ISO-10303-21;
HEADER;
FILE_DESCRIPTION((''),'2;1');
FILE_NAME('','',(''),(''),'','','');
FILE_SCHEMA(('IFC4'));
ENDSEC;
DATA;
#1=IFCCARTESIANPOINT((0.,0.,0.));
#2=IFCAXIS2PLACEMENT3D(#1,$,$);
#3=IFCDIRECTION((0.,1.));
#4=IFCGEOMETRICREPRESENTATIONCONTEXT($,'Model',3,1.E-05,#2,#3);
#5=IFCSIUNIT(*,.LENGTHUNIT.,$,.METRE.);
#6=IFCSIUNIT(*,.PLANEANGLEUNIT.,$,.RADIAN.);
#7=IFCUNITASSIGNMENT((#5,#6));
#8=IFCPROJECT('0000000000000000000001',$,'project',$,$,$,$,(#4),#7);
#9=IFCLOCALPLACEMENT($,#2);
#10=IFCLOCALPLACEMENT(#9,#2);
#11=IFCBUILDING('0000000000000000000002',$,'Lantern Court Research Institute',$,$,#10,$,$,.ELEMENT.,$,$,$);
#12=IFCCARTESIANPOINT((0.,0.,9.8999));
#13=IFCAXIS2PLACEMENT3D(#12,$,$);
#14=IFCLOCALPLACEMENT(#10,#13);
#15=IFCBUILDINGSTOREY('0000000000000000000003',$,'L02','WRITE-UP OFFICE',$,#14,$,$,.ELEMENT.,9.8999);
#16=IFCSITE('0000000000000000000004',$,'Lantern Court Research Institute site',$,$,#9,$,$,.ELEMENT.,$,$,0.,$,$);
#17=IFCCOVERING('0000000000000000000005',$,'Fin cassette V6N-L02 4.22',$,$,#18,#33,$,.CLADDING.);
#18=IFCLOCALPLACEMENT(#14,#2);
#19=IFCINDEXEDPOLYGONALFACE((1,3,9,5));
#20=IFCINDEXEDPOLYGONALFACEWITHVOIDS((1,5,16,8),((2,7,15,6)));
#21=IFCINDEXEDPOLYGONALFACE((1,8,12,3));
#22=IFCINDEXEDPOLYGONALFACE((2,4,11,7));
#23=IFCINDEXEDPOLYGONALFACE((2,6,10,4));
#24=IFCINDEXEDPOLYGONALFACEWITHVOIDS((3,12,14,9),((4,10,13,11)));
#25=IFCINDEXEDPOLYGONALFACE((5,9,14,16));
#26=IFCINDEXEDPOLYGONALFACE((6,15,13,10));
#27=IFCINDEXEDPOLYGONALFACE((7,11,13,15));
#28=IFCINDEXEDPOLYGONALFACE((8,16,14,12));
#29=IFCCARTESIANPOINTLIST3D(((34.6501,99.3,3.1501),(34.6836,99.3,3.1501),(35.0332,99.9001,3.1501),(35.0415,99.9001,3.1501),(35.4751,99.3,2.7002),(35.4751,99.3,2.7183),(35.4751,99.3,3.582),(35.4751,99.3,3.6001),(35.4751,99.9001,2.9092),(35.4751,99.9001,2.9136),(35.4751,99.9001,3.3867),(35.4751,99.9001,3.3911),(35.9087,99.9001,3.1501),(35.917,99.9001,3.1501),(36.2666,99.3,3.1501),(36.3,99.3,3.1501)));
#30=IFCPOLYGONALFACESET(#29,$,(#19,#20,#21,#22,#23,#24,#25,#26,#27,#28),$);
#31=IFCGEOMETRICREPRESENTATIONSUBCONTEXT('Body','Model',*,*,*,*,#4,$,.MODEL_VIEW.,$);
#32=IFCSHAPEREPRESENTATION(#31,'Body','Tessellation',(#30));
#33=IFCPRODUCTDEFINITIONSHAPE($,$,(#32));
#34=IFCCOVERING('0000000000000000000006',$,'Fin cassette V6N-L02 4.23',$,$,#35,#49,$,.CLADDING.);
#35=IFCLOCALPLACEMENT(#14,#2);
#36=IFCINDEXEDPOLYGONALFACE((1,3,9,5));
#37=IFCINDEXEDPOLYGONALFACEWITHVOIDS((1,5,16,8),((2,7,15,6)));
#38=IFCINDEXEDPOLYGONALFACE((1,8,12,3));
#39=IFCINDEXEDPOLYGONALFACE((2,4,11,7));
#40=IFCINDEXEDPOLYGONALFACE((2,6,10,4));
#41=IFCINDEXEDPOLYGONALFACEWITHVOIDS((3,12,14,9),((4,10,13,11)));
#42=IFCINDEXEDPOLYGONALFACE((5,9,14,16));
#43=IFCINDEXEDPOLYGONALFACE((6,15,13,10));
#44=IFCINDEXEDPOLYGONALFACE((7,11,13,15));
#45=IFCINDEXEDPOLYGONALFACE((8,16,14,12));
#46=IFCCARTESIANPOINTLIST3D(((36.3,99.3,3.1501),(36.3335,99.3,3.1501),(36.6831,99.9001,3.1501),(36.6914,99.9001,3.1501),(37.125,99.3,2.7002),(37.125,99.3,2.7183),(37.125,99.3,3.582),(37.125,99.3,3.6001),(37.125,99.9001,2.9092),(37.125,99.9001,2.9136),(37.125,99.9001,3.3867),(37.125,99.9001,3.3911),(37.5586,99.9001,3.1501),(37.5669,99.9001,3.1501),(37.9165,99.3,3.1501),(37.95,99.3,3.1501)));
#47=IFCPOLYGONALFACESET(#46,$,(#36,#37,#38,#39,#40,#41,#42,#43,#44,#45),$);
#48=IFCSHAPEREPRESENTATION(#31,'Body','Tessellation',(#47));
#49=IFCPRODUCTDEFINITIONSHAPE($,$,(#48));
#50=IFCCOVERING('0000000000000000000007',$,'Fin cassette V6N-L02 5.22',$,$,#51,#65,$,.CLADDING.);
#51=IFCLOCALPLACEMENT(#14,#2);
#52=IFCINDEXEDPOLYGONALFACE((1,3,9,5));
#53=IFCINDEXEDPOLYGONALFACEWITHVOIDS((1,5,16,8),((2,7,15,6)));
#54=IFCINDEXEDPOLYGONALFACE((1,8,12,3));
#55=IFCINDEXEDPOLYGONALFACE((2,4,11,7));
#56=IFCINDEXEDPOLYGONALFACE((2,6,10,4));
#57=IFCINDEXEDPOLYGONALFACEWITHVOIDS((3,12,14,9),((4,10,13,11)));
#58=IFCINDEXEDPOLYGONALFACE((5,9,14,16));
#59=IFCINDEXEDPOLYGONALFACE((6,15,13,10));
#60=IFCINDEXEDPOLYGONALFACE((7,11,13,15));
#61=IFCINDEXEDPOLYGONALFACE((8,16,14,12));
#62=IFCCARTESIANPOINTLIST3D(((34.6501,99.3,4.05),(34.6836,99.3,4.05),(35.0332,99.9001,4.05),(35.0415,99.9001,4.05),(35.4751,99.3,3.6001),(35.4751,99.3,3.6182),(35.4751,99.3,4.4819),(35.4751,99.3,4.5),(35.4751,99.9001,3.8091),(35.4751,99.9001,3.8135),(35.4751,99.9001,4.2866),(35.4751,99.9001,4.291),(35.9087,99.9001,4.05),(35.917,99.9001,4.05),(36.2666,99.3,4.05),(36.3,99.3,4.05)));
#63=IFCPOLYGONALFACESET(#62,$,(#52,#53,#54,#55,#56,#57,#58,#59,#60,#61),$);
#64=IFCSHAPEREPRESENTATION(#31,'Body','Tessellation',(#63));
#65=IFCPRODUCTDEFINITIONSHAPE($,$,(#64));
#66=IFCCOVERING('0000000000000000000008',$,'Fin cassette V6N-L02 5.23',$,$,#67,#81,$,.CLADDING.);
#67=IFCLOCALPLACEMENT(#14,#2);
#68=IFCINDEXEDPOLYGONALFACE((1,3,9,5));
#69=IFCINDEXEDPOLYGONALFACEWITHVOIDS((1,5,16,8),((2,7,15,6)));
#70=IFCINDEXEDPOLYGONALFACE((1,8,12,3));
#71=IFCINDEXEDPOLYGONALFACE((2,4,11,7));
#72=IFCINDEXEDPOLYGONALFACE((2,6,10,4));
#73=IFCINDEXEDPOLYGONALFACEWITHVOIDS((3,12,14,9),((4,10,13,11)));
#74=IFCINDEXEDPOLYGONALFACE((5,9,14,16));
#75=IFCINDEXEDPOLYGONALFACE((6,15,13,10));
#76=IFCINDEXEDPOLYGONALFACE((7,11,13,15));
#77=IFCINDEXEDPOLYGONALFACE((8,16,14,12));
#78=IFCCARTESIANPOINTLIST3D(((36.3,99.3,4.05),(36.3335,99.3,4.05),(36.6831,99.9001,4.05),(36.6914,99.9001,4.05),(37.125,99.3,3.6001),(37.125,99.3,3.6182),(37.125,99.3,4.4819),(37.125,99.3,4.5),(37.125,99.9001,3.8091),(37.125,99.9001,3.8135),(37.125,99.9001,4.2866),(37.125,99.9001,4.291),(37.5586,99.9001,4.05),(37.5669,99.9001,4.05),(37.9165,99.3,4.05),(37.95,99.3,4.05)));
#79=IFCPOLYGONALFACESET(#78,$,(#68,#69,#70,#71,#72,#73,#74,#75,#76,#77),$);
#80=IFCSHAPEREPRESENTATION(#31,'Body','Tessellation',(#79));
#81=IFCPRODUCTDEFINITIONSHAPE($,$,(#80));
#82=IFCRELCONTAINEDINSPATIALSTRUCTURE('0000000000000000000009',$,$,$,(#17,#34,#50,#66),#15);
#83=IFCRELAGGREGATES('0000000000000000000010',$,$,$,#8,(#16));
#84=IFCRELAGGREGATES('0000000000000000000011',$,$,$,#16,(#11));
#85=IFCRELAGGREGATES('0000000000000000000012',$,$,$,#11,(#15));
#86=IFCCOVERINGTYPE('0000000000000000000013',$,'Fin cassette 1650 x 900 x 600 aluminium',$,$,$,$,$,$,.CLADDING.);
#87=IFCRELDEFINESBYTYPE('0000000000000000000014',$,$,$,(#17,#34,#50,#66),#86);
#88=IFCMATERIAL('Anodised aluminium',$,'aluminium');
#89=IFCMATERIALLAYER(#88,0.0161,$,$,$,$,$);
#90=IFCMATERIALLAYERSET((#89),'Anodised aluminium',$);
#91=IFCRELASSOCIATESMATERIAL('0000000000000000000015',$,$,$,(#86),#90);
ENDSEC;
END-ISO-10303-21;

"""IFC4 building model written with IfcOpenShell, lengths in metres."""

from ifc_helpers import new_model, entity, si_unit, direction, frame, origin, place, context, subcontext, project, spatial, material, layer, layer_set, type_object, element, save


model = new_model("IFC4")

# Units and contexts
model_context = context("Model", 3, precision=1e-05, world=origin(), true_north=direction((0.0, 1.0)))
body_context = subcontext(model_context, "Body", "Model", "MODEL_VIEW")
ifc_project = project(units=[si_unit("LENGTHUNIT", "METRE"), si_unit("PLANEANGLEUNIT", "RADIAN")], contexts=[model_context])

# Site, building, storey
site_placement = place(None, origin())
site = spatial("IfcSite", under=ifc_project, at=site_placement, Name="Lantern Court Research Institute site", CompositionType="ELEMENT", RefElevation=0.0)
building_placement = place(site_placement, origin())
building = spatial("IfcBuilding", under=site, at=building_placement, Name="Lantern Court Research Institute", CompositionType="ELEMENT")
storey_placement = place(building_placement, frame((0.0, 0.0, 9.8999)))
storey = spatial("IfcBuildingStorey", under=building, at=storey_placement, Name="L02", Description="WRITE-UP OFFICE", CompositionType="ELEMENT", Elevation=9.8999)

# Coverings
ifc_material_1 = material(Name="Anodised aluminium", Category="aluminium")
ifc_layer_1 = layer(ifc_material_1, 0.0161)
ifc_layer_set_1 = layer_set([ifc_layer_1], Name="Anodised aluminium")
covering_type_1 = type_object("IfcCoveringType", Name="Fin cassette 1650 x 900 x 600 aluminium", PredefinedType="CLADDING", material=ifc_layer_set_1)
covering_1_placement = place(storey_placement, frame((35.4751, 99.3, 3.1501), z_axis=(0.0, 1.0, 0.0), x_axis=(-1.0, 0.0, 0.0)))
cartesian_point_1 = entity("IfcCartesianPoint", [0.825, 0.0])
cartesian_point_2 = entity("IfcCartesianPoint", [0.7915, 0.0])
cartesian_point_3 = entity("IfcCartesianPoint", [0.4419, 0.0])
cartesian_point_4 = entity("IfcCartesianPoint", [0.4336, 0.0])
element("IfcCovering", 1, at=covering_1_placement, inside=storey, type_object=covering_type_1, Name="Fin cassette V6N-L02 4.22", PredefinedType="CLADDING", context=body_context, shape_type="SweptSolid", body=[
    entity("IfcExtrudedAreaSolidTapered", entity("IfcArbitraryProfileDefWithVoids", "AREA", None, entity("IfcPolyline", [cartesian_point_1, entity("IfcCartesianPoint", [0.0, 0.45]), entity("IfcCartesianPoint", [-0.825, 0.0]), entity("IfcCartesianPoint", [0.0, -0.45]), cartesian_point_1]), [entity("IfcPolyline", [cartesian_point_2, entity("IfcCartesianPoint", [0.0, 0.4319]), entity("IfcCartesianPoint", [-0.7915, 0.0]), entity("IfcCartesianPoint", [0.0, -0.4319]), cartesian_point_2])]), entity("IfcAxis2Placement3D", entity("IfcCartesianPoint", [0.0, 0.0, 0.0])), entity("IfcDirection", [0.0, 0.0, 1.0]), 0.6001, entity("IfcArbitraryProfileDefWithVoids", "AREA", None, entity("IfcPolyline", [cartesian_point_3, entity("IfcCartesianPoint", [0.0, 0.241]), entity("IfcCartesianPoint", [-0.4419, 0.0]), entity("IfcCartesianPoint", [0.0, -0.241]), cartesian_point_3]), [entity("IfcPolyline", [cartesian_point_4, entity("IfcCartesianPoint", [0.0, 0.2366]), entity("IfcCartesianPoint", [-0.4336, 0.0]), entity("IfcCartesianPoint", [0.0, -0.2366]), cartesian_point_4])])),
])
covering_2_placement = place(storey_placement, frame((37.125, 99.3, 3.1501), z_axis=(0.0, 1.0, 0.0), x_axis=(-1.0, 0.0, 0.0)))
cartesian_point_5 = entity("IfcCartesianPoint", [0.825, 0.0])
cartesian_point_6 = entity("IfcCartesianPoint", [0.7915, 0.0])
cartesian_point_7 = entity("IfcCartesianPoint", [0.4419, 0.0])
cartesian_point_8 = entity("IfcCartesianPoint", [0.4336, 0.0])
element("IfcCovering", 2, at=covering_2_placement, inside=storey, type_object=covering_type_1, Name="Fin cassette V6N-L02 4.23", PredefinedType="CLADDING", context=body_context, shape_type="SweptSolid", body=[
    entity("IfcExtrudedAreaSolidTapered", entity("IfcArbitraryProfileDefWithVoids", "AREA", None, entity("IfcPolyline", [cartesian_point_5, entity("IfcCartesianPoint", [0.0, 0.45]), entity("IfcCartesianPoint", [-0.825, 0.0]), entity("IfcCartesianPoint", [0.0, -0.45]), cartesian_point_5]), [entity("IfcPolyline", [cartesian_point_6, entity("IfcCartesianPoint", [0.0, 0.4319]), entity("IfcCartesianPoint", [-0.7915, 0.0]), entity("IfcCartesianPoint", [0.0, -0.4319]), cartesian_point_6])]), entity("IfcAxis2Placement3D", entity("IfcCartesianPoint", [0.0, 0.0, 0.0])), entity("IfcDirection", [0.0, 0.0, 1.0]), 0.6001, entity("IfcArbitraryProfileDefWithVoids", "AREA", None, entity("IfcPolyline", [cartesian_point_7, entity("IfcCartesianPoint", [0.0, 0.241]), entity("IfcCartesianPoint", [-0.4419, 0.0]), entity("IfcCartesianPoint", [0.0, -0.241]), cartesian_point_7]), [entity("IfcPolyline", [cartesian_point_8, entity("IfcCartesianPoint", [0.0, 0.2366]), entity("IfcCartesianPoint", [-0.4336, 0.0]), entity("IfcCartesianPoint", [0.0, -0.2366]), cartesian_point_8])])),
])
covering_3_placement = place(storey_placement, frame((35.4751, 99.3, 4.05), z_axis=(0.0, 1.0, 0.0), x_axis=(-1.0, 0.0, 0.0)))
cartesian_point_9 = entity("IfcCartesianPoint", [0.825, 0.0])
cartesian_point_10 = entity("IfcCartesianPoint", [0.7915, 0.0])
cartesian_point_11 = entity("IfcCartesianPoint", [0.4419, 0.0])
cartesian_point_12 = entity("IfcCartesianPoint", [0.4336, 0.0])
element("IfcCovering", 3, at=covering_3_placement, inside=storey, type_object=covering_type_1, Name="Fin cassette V6N-L02 5.22", PredefinedType="CLADDING", context=body_context, shape_type="SweptSolid", body=[
    entity("IfcExtrudedAreaSolidTapered", entity("IfcArbitraryProfileDefWithVoids", "AREA", None, entity("IfcPolyline", [cartesian_point_9, entity("IfcCartesianPoint", [0.0, 0.45]), entity("IfcCartesianPoint", [-0.825, 0.0]), entity("IfcCartesianPoint", [0.0, -0.45]), cartesian_point_9]), [entity("IfcPolyline", [cartesian_point_10, entity("IfcCartesianPoint", [0.0, 0.4319]), entity("IfcCartesianPoint", [-0.7915, 0.0]), entity("IfcCartesianPoint", [0.0, -0.4319]), cartesian_point_10])]), entity("IfcAxis2Placement3D", entity("IfcCartesianPoint", [0.0, 0.0, 0.0])), entity("IfcDirection", [0.0, 0.0, 1.0]), 0.6001, entity("IfcArbitraryProfileDefWithVoids", "AREA", None, entity("IfcPolyline", [cartesian_point_11, entity("IfcCartesianPoint", [0.0, 0.241]), entity("IfcCartesianPoint", [-0.4419, 0.0]), entity("IfcCartesianPoint", [0.0, -0.241]), cartesian_point_11]), [entity("IfcPolyline", [cartesian_point_12, entity("IfcCartesianPoint", [0.0, 0.2366]), entity("IfcCartesianPoint", [-0.4336, 0.0]), entity("IfcCartesianPoint", [0.0, -0.2366]), cartesian_point_12])])),
])
covering_4_placement = place(storey_placement, frame((37.125, 99.3, 4.05), z_axis=(0.0, 1.0, 0.0), x_axis=(-1.0, 0.0, 0.0)))
cartesian_point_13 = entity("IfcCartesianPoint", [0.825, 0.0])
cartesian_point_14 = entity("IfcCartesianPoint", [0.7915, 0.0])
cartesian_point_15 = entity("IfcCartesianPoint", [0.4419, 0.0])
cartesian_point_16 = entity("IfcCartesianPoint", [0.4336, 0.0])
element("IfcCovering", 4, at=covering_4_placement, inside=storey, type_object=covering_type_1, Name="Fin cassette V6N-L02 5.23", PredefinedType="CLADDING", context=body_context, shape_type="SweptSolid", body=[
    entity("IfcExtrudedAreaSolidTapered", entity("IfcArbitraryProfileDefWithVoids", "AREA", None, entity("IfcPolyline", [cartesian_point_13, entity("IfcCartesianPoint", [0.0, 0.45]), entity("IfcCartesianPoint", [-0.825, 0.0]), entity("IfcCartesianPoint", [0.0, -0.45]), cartesian_point_13]), [entity("IfcPolyline", [cartesian_point_14, entity("IfcCartesianPoint", [0.0, 0.4319]), entity("IfcCartesianPoint", [-0.7915, 0.0]), entity("IfcCartesianPoint", [0.0, -0.4319]), cartesian_point_14])]), entity("IfcAxis2Placement3D", entity("IfcCartesianPoint", [0.0, 0.0, 0.0])), entity("IfcDirection", [0.0, 0.0, 1.0]), 0.6001, entity("IfcArbitraryProfileDefWithVoids", "AREA", None, entity("IfcPolyline", [cartesian_point_15, entity("IfcCartesianPoint", [0.0, 0.241]), entity("IfcCartesianPoint", [-0.4419, 0.0]), entity("IfcCartesianPoint", [0.0, -0.241]), cartesian_point_15]), [entity("IfcPolyline", [cartesian_point_16, entity("IfcCartesianPoint", [0.0, 0.2366]), entity("IfcCartesianPoint", [-0.4336, 0.0]), entity("IfcCartesianPoint", [0.0, -0.2366]), cartesian_point_16])])),
])

save(model, "model.ifc")
